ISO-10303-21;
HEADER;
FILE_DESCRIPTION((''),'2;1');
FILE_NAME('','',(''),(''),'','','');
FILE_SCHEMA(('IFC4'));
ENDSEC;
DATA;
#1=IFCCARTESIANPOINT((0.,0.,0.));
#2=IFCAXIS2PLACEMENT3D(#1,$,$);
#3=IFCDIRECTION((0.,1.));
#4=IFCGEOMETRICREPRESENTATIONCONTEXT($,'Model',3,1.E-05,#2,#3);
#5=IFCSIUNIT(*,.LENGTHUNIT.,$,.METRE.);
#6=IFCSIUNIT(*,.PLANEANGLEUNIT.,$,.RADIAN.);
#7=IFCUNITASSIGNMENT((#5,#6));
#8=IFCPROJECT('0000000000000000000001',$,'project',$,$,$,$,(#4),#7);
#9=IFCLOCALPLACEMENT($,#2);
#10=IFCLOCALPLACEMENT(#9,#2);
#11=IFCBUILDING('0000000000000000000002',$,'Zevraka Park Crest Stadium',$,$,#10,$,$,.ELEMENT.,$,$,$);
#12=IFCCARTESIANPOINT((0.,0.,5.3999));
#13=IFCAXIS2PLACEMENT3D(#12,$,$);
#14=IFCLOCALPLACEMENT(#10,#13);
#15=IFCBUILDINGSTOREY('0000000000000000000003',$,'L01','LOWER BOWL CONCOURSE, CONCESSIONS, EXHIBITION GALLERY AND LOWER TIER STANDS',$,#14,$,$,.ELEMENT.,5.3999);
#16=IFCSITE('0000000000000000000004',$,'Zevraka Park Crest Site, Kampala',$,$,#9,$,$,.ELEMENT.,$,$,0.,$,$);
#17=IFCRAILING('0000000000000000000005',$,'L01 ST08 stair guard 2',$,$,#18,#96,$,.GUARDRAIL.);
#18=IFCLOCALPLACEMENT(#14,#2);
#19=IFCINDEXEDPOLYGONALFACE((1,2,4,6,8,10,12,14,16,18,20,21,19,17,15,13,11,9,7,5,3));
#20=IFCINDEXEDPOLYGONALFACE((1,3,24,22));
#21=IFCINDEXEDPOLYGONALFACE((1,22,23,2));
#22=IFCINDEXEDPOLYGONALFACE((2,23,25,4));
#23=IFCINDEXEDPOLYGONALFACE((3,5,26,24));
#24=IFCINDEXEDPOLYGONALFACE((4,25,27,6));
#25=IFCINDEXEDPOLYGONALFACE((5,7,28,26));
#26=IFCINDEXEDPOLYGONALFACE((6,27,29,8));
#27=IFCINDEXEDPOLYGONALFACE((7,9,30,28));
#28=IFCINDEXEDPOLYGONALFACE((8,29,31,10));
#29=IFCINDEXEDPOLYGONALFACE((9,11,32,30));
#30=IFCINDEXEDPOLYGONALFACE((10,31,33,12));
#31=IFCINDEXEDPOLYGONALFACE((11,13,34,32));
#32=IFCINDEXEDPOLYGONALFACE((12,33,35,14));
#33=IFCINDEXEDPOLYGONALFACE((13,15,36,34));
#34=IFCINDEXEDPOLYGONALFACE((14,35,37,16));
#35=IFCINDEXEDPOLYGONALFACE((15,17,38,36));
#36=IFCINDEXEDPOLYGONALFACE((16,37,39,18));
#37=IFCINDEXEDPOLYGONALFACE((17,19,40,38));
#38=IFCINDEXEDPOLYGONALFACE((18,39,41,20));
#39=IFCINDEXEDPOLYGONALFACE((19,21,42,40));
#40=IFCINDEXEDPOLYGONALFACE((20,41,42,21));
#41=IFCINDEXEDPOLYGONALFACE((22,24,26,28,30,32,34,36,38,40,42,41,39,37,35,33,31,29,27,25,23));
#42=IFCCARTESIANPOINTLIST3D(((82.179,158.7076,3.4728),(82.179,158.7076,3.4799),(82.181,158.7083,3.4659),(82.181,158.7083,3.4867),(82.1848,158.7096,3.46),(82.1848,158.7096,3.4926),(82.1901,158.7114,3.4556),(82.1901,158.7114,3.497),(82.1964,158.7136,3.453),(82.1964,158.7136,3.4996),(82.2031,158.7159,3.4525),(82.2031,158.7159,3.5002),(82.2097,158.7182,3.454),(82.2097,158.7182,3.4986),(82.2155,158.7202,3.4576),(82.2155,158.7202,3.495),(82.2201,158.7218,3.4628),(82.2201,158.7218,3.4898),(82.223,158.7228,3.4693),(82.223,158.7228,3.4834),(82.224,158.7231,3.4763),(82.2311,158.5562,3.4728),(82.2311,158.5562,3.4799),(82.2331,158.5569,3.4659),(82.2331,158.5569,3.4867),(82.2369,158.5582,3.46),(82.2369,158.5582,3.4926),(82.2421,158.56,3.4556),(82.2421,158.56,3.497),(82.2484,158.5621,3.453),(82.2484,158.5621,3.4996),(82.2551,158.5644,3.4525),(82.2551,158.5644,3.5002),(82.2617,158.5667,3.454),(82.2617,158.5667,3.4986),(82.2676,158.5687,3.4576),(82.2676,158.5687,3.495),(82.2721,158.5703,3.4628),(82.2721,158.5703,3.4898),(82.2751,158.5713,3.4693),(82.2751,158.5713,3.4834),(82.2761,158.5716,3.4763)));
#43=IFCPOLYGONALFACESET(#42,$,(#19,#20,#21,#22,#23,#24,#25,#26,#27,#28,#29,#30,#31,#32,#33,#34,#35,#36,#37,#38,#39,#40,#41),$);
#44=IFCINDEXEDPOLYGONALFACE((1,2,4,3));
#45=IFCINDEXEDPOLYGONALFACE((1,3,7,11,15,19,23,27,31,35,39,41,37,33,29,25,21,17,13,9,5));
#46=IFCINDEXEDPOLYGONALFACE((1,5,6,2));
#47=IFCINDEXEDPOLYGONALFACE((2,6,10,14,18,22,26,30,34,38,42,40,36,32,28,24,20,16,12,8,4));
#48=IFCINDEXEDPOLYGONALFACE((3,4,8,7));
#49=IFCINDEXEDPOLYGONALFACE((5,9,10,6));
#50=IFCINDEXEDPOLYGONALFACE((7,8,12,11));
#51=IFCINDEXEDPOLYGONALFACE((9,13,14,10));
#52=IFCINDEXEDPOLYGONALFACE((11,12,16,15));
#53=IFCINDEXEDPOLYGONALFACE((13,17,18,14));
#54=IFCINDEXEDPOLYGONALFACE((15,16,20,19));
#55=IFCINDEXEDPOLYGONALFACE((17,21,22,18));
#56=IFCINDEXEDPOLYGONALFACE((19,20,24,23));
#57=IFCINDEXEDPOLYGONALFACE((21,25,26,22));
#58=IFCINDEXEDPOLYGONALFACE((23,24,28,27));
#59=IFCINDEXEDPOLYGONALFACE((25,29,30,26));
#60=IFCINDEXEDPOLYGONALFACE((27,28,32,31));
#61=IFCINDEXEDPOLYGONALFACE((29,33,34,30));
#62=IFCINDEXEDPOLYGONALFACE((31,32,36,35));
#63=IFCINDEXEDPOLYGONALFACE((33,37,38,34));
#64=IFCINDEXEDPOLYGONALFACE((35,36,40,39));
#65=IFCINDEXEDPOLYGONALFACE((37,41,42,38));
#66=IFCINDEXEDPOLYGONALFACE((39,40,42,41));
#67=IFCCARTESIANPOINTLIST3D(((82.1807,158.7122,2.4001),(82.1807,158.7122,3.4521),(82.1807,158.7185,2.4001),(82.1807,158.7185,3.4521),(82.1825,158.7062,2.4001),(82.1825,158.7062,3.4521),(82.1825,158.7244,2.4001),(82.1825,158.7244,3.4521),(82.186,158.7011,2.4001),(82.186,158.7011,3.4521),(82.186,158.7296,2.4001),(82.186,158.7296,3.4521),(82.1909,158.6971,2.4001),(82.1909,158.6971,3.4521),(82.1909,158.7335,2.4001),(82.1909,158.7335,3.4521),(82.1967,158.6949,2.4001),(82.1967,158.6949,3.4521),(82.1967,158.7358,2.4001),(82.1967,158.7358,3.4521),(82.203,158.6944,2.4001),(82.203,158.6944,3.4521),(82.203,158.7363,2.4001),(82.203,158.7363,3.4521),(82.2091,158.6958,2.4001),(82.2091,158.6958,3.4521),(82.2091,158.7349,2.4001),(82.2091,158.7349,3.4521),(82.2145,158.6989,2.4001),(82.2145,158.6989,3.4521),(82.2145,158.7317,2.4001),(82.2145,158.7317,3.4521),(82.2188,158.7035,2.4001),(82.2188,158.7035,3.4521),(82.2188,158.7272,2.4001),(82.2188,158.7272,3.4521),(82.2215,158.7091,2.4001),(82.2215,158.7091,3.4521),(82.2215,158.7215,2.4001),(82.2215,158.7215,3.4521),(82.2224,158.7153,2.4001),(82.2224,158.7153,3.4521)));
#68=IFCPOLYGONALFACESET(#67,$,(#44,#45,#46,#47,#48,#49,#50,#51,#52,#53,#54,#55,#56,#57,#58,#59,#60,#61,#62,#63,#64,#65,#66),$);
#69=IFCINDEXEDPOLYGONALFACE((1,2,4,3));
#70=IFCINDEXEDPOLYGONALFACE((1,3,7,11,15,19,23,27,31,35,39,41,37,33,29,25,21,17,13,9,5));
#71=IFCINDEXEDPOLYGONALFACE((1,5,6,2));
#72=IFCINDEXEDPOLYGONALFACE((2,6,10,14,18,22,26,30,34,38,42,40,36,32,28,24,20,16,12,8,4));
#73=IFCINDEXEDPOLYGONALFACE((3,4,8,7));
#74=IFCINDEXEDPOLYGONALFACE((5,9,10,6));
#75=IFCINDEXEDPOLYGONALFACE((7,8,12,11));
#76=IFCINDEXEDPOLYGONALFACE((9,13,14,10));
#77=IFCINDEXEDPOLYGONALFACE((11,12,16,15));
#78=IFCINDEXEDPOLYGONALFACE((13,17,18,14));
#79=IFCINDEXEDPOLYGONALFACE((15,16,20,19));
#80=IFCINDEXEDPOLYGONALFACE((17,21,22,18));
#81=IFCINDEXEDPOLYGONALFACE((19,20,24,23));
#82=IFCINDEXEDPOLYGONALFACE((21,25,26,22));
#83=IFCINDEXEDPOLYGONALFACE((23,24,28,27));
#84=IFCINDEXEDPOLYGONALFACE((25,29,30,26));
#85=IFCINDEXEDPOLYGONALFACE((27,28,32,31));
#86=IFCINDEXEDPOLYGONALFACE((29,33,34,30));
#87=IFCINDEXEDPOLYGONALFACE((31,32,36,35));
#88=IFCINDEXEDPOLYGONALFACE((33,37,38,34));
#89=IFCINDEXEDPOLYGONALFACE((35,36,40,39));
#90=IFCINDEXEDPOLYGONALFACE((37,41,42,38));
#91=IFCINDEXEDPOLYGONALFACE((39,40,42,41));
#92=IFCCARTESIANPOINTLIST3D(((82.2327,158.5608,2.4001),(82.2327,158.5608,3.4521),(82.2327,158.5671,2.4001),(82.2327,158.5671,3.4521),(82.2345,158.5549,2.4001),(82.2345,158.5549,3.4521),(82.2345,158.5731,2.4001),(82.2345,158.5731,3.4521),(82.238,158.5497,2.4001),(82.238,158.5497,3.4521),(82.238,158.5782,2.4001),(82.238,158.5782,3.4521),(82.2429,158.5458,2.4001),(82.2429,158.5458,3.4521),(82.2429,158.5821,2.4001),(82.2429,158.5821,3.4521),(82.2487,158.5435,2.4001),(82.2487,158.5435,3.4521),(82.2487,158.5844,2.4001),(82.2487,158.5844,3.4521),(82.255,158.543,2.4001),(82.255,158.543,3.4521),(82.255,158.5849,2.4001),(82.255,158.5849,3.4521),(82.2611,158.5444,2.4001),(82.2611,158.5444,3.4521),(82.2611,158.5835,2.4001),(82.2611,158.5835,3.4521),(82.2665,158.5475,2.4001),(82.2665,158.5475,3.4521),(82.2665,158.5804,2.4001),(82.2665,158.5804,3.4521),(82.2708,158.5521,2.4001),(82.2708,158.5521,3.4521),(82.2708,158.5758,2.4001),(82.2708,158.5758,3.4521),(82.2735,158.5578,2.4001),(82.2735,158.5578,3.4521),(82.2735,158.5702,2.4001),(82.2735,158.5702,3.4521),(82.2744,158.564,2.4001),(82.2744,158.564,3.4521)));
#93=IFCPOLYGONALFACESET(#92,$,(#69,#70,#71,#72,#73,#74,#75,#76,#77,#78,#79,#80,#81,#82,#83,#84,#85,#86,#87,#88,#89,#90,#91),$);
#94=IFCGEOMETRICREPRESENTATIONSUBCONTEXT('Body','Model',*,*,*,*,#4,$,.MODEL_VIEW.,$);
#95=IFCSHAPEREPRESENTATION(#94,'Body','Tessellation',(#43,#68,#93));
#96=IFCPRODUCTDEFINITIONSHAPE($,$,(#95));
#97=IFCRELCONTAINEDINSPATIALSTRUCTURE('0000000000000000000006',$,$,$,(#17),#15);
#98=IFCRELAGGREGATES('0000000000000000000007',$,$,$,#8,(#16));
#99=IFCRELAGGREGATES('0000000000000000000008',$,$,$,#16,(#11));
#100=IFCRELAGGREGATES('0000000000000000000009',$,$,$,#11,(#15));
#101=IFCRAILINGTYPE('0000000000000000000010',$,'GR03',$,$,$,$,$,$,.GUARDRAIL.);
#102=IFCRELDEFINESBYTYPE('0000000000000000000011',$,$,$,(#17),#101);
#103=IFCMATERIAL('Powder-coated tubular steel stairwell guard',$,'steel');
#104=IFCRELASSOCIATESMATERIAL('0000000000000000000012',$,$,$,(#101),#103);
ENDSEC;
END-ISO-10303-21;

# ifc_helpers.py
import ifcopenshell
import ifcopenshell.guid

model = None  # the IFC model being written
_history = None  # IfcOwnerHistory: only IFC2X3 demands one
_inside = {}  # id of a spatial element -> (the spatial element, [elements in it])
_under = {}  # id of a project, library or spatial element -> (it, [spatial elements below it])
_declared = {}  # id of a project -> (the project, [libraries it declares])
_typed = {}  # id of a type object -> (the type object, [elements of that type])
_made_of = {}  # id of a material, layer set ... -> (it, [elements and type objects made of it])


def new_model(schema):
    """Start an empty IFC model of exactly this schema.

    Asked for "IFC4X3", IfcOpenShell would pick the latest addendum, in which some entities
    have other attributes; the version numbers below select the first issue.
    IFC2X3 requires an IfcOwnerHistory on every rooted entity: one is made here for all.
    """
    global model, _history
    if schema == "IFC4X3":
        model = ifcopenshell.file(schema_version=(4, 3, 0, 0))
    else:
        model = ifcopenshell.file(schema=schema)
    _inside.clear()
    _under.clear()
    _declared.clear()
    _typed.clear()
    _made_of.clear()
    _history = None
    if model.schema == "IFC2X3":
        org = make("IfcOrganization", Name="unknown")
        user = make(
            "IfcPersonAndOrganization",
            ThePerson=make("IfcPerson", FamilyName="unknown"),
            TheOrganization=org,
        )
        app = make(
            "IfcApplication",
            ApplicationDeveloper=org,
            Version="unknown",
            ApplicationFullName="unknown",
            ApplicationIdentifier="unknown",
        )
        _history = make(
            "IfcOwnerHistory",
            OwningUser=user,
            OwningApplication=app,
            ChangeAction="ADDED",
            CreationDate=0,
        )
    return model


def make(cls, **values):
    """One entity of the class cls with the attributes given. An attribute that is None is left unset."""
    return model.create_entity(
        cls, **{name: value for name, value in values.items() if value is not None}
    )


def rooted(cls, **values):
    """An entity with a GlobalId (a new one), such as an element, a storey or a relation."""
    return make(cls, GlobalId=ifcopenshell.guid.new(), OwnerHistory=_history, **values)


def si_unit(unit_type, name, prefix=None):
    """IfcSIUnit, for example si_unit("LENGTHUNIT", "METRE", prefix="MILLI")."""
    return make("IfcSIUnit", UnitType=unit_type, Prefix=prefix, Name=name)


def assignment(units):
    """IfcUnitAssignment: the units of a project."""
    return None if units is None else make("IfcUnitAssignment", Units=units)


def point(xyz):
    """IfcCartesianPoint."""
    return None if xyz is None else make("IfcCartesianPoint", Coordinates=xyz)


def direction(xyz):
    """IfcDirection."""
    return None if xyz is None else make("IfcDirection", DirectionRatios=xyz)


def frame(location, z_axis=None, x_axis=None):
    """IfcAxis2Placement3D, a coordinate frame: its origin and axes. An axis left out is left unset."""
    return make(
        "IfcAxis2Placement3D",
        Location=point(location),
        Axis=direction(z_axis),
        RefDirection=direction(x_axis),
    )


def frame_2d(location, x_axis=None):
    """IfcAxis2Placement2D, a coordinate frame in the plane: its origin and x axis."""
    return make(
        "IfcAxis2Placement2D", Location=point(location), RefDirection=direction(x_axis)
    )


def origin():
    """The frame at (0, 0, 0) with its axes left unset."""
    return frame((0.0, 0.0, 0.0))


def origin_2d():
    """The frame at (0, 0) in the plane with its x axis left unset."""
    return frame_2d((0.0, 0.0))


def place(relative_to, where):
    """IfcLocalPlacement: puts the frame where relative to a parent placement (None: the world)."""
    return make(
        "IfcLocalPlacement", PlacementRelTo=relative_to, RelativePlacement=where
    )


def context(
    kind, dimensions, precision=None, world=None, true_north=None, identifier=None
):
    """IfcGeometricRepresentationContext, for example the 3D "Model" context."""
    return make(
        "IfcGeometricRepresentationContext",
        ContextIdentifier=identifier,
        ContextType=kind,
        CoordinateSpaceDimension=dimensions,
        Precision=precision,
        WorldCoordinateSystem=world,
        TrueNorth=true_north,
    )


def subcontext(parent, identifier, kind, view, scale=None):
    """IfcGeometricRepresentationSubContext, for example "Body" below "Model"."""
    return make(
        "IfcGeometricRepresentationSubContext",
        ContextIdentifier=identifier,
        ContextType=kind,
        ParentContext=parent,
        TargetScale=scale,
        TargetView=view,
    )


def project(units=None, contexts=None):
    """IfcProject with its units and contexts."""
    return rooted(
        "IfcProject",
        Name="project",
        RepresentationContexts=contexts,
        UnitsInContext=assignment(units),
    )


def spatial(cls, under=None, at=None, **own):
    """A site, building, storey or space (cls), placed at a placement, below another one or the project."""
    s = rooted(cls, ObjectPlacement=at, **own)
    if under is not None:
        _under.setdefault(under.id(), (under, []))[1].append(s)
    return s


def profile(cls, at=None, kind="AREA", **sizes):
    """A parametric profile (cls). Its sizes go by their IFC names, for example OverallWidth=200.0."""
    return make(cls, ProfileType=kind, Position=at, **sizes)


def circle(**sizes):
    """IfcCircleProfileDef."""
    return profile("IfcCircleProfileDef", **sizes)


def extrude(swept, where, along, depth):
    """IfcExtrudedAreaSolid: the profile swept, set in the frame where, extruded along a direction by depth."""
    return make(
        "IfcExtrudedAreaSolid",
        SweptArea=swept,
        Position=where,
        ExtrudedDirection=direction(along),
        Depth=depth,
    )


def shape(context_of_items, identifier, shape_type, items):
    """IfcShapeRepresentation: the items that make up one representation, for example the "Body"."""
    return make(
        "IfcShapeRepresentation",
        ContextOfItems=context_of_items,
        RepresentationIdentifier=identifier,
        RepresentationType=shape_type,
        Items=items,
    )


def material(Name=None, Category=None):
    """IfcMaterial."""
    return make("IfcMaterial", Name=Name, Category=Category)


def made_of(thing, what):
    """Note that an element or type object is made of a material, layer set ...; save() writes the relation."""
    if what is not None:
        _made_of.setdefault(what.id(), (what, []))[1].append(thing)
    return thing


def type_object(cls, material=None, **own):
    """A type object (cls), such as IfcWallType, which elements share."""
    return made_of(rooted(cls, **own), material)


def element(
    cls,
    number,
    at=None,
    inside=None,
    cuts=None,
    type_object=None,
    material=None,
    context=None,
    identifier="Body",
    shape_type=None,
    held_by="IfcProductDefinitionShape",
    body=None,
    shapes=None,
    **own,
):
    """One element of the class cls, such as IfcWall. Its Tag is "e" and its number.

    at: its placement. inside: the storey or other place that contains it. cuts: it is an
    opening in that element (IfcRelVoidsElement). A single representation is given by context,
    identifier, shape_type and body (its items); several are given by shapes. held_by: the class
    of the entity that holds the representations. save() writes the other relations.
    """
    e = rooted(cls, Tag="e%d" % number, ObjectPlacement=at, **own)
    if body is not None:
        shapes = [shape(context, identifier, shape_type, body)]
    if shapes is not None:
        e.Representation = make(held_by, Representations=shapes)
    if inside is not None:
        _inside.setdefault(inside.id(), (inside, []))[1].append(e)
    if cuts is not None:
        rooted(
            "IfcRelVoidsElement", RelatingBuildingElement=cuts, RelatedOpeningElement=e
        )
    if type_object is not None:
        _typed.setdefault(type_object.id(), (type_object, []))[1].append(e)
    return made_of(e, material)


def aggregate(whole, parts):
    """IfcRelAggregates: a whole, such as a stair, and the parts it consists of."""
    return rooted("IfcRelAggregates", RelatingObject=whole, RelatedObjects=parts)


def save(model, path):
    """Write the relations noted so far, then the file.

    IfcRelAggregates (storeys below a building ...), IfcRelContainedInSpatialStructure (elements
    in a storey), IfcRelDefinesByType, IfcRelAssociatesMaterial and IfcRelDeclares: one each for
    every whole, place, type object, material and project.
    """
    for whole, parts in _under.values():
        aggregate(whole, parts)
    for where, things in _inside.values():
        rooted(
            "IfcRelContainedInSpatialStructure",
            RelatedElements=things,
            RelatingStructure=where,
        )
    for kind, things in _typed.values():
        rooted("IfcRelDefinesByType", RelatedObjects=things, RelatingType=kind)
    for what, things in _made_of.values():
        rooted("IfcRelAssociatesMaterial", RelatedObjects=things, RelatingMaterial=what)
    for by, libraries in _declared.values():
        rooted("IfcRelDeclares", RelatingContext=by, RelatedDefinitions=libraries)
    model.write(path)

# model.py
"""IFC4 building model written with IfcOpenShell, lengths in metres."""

from ifc_helpers import new_model, si_unit, direction, frame, origin, origin_2d, place, context, subcontext, project, spatial, circle, extrude, material, type_object, element, save


model = new_model("IFC4")

# Units and contexts
model_context = context("Model", 3, precision=1e-05, world=origin(), true_north=direction((0.0, 1.0)))
body_context = subcontext(model_context, "Body", "Model", "MODEL_VIEW")
ifc_project = project(units=[si_unit("LENGTHUNIT", "METRE"), si_unit("PLANEANGLEUNIT", "RADIAN")], contexts=[model_context])

# Site, building, storey
site_placement = place(None, origin())
site = spatial("IfcSite", under=ifc_project, at=site_placement, Name="Zevraka Park Crest Site, Kampala", CompositionType="ELEMENT", RefElevation=0.0)
building_placement = place(site_placement, origin())
building = spatial("IfcBuilding", under=site, at=building_placement, Name="Zevraka Park Crest Stadium", CompositionType="ELEMENT")
storey_placement = place(building_placement, frame((0.0, 0.0, 5.3999)))
storey = spatial("IfcBuildingStorey", under=building, at=storey_placement, Name="L01", Description="LOWER BOWL CONCOURSE, CONCESSIONS, EXHIBITION GALLERY AND LOWER TIER STANDS", CompositionType="ELEMENT", Elevation=5.3999)

# Railing
ifc_material_1 = material(Name="Powder-coated tubular steel stairwell guard", Category="steel")
railing_type_1 = type_object("IfcRailingType", Name="GR03", PredefinedType="GUARDRAIL", material=ifc_material_1)
railing_1_placement = place(storey_placement, frame((82.2014, 158.7153, 2.4001)))
element("IfcRailing", 1, at=railing_1_placement, inside=storey, type_object=railing_type_1, Name="L01 ST08 stair guard 2", PredefinedType="GUARDRAIL", context=body_context, shape_type="SweptSolid", body=[
    extrude(circle(Radius=0.0239, at=origin_2d()), frame((0.0, 0.0, 1.0762), z_axis=(0.324909, -0.945745, 0.0), x_axis=(0.945745, 0.324909, 0.0)), (0.0, 0.0, 1.0), 0.1602),
    extrude(circle(Radius=0.021, at=origin_2d()), origin(), (0.0, 0.0, 1.0), 1.052),
    extrude(circle(Radius=0.021, at=origin_2d()), frame((0.052, -0.1514, 0.0)), (0.0, 0.0, 1.0), 1.052),
])

save(model, "model.ifc")
